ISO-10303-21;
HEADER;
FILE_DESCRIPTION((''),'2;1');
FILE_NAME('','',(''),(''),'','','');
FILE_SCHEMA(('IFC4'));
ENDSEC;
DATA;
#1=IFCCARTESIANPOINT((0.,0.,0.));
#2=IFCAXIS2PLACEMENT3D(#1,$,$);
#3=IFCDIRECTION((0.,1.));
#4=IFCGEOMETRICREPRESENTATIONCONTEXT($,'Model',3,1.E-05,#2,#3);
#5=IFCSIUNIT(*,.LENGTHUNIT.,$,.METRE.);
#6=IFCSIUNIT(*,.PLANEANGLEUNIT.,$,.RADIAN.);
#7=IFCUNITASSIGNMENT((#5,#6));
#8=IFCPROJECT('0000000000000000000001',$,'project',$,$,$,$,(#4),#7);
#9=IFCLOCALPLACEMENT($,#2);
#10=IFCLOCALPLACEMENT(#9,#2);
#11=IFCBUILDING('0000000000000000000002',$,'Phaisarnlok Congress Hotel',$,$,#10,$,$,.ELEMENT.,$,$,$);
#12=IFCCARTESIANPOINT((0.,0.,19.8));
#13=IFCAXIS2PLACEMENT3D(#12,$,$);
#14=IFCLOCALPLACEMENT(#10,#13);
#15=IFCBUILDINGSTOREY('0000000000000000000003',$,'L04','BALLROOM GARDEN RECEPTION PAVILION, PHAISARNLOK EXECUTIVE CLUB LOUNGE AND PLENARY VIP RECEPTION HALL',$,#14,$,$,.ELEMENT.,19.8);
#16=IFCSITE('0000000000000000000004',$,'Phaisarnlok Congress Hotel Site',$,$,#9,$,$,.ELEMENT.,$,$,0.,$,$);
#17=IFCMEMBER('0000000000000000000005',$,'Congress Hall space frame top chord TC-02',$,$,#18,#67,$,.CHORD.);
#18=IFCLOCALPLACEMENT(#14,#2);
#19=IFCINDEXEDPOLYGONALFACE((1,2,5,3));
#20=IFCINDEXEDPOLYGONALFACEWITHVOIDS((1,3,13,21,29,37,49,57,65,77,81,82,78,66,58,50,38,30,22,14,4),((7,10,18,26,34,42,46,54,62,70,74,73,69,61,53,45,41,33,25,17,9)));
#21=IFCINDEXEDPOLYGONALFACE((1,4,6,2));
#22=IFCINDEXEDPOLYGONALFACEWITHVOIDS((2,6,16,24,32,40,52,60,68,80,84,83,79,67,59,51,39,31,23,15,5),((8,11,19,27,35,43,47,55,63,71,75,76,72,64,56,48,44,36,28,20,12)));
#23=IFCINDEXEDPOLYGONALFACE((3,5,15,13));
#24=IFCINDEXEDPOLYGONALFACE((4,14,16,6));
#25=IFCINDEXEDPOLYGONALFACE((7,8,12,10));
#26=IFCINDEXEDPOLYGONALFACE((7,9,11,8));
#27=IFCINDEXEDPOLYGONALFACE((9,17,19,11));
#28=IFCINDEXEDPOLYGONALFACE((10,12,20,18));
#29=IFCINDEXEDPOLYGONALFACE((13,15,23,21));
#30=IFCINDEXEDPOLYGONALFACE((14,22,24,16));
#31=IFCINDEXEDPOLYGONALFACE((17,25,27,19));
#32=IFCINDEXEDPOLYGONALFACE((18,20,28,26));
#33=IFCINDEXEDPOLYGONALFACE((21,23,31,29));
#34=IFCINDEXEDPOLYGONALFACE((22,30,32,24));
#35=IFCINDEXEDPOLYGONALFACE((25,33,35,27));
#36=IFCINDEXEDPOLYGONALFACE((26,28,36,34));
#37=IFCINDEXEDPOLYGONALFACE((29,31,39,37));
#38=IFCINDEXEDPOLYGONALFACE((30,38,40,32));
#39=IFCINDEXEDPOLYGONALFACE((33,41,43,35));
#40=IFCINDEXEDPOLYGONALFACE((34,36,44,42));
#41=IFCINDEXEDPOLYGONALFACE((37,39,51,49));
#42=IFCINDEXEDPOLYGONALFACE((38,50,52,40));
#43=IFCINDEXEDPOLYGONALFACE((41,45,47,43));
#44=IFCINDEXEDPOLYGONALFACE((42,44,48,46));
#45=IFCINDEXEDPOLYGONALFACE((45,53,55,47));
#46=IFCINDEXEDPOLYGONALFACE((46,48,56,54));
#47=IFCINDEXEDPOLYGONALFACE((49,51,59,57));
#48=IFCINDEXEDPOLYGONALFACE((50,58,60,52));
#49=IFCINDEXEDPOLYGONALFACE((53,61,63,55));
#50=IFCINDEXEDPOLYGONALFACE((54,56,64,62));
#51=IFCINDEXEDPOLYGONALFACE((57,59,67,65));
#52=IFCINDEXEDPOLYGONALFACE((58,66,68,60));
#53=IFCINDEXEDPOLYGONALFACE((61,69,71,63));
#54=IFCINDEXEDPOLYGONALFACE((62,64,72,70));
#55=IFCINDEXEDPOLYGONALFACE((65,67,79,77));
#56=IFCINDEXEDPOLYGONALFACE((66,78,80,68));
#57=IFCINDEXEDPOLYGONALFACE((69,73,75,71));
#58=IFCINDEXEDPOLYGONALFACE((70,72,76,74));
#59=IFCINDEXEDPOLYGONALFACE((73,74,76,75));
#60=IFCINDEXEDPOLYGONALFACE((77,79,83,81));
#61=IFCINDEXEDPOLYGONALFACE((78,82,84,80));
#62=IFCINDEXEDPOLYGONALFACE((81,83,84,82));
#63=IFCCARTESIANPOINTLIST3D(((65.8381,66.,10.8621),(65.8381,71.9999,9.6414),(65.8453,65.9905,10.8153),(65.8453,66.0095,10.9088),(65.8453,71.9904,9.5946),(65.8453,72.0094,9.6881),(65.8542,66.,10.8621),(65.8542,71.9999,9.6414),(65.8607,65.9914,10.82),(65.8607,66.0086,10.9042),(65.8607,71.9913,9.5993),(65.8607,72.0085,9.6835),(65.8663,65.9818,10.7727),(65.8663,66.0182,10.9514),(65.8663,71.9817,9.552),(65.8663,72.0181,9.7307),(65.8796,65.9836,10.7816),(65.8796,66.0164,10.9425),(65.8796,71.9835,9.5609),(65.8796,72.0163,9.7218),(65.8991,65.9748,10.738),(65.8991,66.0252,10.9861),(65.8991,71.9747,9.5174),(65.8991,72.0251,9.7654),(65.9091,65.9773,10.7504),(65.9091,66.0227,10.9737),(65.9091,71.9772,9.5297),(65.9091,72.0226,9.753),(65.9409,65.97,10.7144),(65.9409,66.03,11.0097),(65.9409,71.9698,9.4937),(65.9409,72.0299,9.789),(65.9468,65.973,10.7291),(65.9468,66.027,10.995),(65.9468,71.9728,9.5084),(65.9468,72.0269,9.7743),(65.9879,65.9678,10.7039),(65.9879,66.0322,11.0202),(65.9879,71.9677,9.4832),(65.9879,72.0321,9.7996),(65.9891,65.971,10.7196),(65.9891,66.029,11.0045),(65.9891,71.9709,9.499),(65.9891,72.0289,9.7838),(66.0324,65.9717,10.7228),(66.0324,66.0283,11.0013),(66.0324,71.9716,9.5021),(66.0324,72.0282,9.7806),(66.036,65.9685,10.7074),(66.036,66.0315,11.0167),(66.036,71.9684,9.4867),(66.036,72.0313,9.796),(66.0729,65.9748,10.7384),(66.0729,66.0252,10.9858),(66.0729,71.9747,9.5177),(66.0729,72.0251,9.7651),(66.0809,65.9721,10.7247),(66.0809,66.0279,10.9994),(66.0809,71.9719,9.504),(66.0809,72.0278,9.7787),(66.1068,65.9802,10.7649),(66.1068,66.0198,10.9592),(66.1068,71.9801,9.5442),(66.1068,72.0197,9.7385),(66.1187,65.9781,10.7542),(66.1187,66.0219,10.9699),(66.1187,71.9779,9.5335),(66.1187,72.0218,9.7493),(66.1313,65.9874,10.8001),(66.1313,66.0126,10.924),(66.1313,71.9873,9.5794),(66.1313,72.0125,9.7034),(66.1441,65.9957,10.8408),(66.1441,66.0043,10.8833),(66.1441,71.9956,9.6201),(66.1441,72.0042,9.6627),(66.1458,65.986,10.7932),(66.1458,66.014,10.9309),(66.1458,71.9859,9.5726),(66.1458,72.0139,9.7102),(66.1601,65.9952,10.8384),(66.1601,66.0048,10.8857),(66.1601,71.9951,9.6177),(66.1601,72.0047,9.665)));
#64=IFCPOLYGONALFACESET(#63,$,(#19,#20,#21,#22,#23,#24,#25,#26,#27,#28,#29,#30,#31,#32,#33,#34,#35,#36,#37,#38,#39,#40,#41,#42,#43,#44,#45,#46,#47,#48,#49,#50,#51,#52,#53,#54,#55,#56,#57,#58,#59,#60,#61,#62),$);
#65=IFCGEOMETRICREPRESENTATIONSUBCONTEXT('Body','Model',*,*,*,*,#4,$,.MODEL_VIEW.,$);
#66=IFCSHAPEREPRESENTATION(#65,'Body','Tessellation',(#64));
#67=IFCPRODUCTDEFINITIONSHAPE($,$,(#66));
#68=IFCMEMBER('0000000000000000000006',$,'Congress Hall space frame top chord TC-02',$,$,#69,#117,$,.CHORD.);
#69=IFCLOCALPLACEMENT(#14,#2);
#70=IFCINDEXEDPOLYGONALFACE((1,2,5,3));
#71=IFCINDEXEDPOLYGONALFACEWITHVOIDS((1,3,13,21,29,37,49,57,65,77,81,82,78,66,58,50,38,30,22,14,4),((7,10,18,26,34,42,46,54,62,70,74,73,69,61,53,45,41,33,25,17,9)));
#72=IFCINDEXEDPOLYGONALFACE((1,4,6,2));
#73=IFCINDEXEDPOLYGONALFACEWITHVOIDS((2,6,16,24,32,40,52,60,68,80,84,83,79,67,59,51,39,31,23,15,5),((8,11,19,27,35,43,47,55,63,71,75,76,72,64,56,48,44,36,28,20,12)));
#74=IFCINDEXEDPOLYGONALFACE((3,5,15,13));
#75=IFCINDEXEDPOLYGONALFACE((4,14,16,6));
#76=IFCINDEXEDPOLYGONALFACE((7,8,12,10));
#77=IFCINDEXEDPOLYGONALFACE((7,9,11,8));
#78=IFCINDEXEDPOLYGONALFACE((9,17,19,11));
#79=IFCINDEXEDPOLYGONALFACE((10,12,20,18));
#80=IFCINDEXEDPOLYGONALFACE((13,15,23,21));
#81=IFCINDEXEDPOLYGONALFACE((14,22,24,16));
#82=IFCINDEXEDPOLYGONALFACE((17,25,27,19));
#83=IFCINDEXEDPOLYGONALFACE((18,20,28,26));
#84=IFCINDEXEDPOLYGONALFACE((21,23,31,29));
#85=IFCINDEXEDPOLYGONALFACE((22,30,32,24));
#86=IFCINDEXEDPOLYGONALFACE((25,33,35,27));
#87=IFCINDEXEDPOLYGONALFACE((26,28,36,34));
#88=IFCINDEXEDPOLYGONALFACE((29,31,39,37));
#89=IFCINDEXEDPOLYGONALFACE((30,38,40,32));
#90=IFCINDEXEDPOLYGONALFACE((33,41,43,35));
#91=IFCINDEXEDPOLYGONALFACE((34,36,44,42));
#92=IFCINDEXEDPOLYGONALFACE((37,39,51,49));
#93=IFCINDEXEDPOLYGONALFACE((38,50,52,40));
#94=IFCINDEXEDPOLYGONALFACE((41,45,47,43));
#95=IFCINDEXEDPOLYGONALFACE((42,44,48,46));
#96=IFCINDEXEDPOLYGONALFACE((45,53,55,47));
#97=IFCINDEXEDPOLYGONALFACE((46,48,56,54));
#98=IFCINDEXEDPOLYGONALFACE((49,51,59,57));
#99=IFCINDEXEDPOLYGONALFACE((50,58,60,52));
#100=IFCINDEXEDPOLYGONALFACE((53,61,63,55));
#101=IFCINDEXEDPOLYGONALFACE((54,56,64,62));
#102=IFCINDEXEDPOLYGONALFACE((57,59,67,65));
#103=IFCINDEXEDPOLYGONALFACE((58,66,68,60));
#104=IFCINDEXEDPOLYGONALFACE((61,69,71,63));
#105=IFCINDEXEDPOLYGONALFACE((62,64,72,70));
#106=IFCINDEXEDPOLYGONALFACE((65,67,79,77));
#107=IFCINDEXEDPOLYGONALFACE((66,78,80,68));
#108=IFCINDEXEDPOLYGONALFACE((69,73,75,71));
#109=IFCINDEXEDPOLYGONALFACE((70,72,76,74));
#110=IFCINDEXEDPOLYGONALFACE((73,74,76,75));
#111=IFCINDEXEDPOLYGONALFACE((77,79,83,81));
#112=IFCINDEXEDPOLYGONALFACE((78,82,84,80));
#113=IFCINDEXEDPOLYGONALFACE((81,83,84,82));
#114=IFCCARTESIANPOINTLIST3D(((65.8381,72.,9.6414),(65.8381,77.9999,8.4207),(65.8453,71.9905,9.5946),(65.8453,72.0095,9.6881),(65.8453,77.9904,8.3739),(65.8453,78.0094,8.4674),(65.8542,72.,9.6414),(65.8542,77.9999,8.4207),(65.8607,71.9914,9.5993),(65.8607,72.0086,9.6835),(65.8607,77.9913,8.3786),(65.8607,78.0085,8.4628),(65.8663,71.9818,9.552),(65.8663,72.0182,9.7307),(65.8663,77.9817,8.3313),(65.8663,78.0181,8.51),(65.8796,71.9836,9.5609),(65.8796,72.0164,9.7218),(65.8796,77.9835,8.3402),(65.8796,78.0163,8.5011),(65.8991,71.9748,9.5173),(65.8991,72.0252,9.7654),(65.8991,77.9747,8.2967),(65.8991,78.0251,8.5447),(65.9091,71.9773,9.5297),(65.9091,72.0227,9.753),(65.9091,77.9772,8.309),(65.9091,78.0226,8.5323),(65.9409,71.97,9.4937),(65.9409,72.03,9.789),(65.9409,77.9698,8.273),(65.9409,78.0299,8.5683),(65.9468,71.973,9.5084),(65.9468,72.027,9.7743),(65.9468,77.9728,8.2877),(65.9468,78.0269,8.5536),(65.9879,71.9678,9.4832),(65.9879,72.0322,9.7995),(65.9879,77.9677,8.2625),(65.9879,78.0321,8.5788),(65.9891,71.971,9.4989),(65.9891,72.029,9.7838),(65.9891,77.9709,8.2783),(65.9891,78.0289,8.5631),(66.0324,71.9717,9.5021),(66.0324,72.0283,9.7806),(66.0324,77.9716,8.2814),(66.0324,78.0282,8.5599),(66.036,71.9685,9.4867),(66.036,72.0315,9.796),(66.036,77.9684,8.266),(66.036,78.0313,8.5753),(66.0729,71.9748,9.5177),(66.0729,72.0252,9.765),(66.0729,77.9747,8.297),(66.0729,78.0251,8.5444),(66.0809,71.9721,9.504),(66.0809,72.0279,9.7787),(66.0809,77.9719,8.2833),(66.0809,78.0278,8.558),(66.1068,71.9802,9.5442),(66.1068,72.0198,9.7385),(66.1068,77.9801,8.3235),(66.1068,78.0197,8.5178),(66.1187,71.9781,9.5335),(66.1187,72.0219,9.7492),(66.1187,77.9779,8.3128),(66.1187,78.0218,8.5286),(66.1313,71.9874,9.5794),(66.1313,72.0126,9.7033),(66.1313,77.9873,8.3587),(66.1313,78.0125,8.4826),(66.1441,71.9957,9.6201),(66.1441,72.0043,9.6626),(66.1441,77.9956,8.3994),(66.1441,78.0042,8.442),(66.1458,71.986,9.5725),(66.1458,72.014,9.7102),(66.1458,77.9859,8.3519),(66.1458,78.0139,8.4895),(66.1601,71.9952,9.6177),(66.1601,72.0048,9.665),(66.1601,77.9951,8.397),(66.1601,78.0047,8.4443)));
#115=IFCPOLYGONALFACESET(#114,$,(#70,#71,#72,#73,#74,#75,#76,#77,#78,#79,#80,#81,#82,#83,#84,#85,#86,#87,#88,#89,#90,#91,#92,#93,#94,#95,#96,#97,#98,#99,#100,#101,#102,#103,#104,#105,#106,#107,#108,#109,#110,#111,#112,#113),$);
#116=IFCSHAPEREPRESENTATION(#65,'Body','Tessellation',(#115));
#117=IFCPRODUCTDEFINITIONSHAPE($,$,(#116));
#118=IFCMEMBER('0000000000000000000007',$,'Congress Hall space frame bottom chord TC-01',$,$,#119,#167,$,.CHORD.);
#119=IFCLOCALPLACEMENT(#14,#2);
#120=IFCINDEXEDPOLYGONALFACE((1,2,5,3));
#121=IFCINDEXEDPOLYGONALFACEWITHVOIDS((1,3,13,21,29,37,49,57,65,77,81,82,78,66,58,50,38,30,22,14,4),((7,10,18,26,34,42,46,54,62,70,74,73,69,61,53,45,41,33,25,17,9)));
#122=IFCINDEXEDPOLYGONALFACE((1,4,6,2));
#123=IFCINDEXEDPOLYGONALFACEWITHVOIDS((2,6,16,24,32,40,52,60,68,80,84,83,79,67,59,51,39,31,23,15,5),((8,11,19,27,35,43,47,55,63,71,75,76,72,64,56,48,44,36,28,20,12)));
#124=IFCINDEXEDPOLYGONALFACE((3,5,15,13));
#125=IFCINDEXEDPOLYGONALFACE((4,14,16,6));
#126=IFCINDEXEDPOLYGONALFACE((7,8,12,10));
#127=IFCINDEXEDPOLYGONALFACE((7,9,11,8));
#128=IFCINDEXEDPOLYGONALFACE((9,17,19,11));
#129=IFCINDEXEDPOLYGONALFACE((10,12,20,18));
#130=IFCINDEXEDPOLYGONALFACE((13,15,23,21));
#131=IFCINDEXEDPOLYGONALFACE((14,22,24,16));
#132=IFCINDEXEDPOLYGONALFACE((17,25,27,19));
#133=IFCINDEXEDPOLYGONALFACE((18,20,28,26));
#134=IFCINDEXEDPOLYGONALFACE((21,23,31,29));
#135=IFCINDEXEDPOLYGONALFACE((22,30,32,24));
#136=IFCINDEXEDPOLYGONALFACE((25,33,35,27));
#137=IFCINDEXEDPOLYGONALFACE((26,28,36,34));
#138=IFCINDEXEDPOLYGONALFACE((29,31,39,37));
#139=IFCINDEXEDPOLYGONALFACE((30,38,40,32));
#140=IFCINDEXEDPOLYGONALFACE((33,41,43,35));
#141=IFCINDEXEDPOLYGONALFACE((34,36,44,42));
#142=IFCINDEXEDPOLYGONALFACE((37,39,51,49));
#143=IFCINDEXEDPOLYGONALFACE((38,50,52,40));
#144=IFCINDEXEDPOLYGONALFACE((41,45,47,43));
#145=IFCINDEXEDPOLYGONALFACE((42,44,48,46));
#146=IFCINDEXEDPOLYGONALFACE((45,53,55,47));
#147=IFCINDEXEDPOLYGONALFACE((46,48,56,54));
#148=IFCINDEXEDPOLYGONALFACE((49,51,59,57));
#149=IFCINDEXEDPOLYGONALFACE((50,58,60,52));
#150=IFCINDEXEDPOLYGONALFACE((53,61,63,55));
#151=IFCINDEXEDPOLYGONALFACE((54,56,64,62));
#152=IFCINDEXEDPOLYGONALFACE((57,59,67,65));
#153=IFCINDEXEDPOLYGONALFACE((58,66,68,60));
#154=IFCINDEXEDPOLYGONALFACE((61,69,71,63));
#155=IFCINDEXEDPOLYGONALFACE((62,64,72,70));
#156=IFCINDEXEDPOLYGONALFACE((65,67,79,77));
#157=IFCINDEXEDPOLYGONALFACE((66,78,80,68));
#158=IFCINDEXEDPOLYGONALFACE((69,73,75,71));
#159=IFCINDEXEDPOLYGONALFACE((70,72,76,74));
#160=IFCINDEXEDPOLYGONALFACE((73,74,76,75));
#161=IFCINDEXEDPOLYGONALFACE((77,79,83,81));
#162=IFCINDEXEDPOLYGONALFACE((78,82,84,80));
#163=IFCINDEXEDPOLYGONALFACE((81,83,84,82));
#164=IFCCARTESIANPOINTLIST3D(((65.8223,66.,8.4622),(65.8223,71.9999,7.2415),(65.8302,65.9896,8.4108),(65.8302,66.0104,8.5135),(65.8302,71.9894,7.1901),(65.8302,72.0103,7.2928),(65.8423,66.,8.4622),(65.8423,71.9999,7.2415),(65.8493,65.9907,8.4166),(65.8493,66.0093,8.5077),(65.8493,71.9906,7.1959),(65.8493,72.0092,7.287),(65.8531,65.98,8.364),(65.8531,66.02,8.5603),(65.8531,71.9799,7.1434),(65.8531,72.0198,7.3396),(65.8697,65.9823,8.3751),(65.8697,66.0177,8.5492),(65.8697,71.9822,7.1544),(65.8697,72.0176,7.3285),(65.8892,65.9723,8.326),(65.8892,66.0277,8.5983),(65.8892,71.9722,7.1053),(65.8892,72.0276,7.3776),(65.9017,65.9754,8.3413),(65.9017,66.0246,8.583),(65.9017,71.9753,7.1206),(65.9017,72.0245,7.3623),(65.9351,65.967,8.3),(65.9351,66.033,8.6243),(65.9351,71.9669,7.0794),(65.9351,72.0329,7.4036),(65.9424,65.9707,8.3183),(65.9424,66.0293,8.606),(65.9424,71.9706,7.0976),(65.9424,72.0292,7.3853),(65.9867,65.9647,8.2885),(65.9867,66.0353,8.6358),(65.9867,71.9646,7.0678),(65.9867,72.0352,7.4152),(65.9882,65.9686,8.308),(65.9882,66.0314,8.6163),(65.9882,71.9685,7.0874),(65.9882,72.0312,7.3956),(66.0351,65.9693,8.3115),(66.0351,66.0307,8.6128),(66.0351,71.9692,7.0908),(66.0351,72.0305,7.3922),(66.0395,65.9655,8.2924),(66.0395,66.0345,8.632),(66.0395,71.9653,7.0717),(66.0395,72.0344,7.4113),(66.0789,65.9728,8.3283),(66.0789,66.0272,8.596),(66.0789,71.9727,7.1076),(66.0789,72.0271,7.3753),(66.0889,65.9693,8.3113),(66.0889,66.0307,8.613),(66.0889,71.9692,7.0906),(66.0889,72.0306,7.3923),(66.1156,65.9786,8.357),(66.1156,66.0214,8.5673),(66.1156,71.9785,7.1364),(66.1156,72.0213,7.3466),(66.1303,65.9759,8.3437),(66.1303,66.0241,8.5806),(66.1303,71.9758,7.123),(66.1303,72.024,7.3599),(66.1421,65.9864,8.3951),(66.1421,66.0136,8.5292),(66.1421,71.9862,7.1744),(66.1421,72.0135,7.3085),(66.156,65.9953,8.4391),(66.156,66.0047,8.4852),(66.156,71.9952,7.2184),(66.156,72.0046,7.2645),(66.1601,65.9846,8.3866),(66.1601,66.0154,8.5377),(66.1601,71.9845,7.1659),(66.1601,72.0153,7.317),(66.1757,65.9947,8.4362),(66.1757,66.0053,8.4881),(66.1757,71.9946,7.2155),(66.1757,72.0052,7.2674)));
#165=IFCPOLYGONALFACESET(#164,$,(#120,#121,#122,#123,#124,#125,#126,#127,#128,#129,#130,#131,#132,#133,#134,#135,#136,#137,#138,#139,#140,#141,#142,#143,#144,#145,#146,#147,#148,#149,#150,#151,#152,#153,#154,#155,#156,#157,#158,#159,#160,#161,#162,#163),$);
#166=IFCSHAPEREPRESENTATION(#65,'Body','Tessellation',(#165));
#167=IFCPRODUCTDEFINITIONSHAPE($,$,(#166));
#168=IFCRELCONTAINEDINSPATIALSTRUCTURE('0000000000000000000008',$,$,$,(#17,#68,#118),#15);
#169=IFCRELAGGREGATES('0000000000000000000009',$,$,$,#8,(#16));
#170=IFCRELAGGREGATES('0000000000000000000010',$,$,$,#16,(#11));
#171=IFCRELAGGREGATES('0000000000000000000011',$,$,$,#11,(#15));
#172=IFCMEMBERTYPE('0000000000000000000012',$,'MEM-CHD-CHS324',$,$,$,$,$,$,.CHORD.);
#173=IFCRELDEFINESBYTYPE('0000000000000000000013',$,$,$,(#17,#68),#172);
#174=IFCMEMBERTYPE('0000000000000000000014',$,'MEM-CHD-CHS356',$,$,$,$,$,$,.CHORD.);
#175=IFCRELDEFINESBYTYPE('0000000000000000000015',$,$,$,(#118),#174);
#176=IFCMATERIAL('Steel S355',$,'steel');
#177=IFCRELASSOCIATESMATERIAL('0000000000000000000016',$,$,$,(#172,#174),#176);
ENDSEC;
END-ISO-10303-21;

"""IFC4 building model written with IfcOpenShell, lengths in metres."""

from ifc_helpers import new_model, si_unit, direction, frame, origin, origin_2d, place, context, subcontext, project, spatial, hollow_circle, extrude, material, material_profile, profile_set, type_object, element, save


model = new_model("IFC4")

# Units and contexts
model_context = context("Model", 3, precision=1e-05, world=origin(), true_north=direction((0.0, 1.0)))
body_context = subcontext(model_context, "Body", "Model", "MODEL_VIEW")
ifc_project = project(units=[si_unit("LENGTHUNIT", "METRE"), si_unit("PLANEANGLEUNIT", "RADIAN")], contexts=[model_context])

# Site, building, storey
site_placement = place(None, origin())
site = spatial("IfcSite", under=ifc_project, at=site_placement, Name="Phaisarnlok Congress Hotel Site", CompositionType="ELEMENT", RefElevation=0.0)
building_placement = place(site_placement, origin())
building = spatial("IfcBuilding", under=site, at=building_placement, Name="Phaisarnlok Congress Hotel", CompositionType="ELEMENT")
storey_placement = place(building_placement, frame((0.0, 0.0, 19.8)))
storey = spatial("IfcBuildingStorey", under=building, at=storey_placement, Name="L04", Description="BALLROOM GARDEN RECEPTION PAVILION, PHAISARNLOK EXECUTIVE CLUB LOUNGE AND PLENARY VIP RECEPTION HALL", CompositionType="ELEMENT", Elevation=19.8)

# Shared definitions
ifc_material_1 = material(Name="Steel S355", Category="steel")

# Members
ifc_material_profile_1 = material_profile(ifc_material_1, hollow_circle(Radius=0.1619, WallThickness=0.0161, at=origin_2d()), Name="CHS 323.9x16")
ifc_profile_set_1 = profile_set([ifc_material_profile_1], Name="Steel S355")
member_type_1 = type_object("IfcMemberType", Name="MEM-CHD-CHS324", PredefinedType="CHORD", material=ifc_profile_set_1)
for number, where, z_axis, x_axis, name in (
    (1, (66.0, 66.0, 10.8621), (0.0, 0.979925, -0.199366), (-1.0, 0.0, 0.0), "Congress Hall space frame top chord TC-02"),
    (2, (66.0, 72.0, 9.6414), (0.0, 0.979925, -0.199366), (-1.0, 0.0, 0.0), "Congress Hall space frame top chord TC-02"),
):
    element("IfcMember", number, at=place(storey_placement, frame(where, z_axis=z_axis, x_axis=x_axis)), inside=storey, type_object=member_type_1, Name=name, PredefinedType="CHORD", context=body_context, shape_type="SweptSolid", body=[
        extrude(hollow_circle(Radius=0.1619, WallThickness=0.0161, at=origin_2d()), origin(), (0.0, 0.0, 1.0), 6.1228),
    ])
ifc_material_profile_2 = material_profile(ifc_material_1, hollow_circle(Radius=0.1777, WallThickness=0.02, at=origin_2d()), Name="CHS 355.6x20")
ifc_profile_set_2 = profile_set([ifc_material_profile_2], Name="Steel S355")
member_type_2 = type_object("IfcMemberType", Name="MEM-CHD-CHS356", PredefinedType="CHORD", material=ifc_profile_set_2)
for number, where, z_axis, x_axis, name in (
    (3, (66.0, 66.0, 8.4622), (0.0, 0.979925, -0.199366), (-1.0, 0.0, 0.0), "Congress Hall space frame bottom chord TC-01"),
):
    element("IfcMember", number, at=place(storey_placement, frame(where, z_axis=z_axis, x_axis=x_axis)), inside=storey, type_object=member_type_2, Name=name, PredefinedType="CHORD", context=body_context, shape_type="SweptSolid", body=[
        extrude(hollow_circle(Radius=0.1777, WallThickness=0.02, at=origin_2d()), origin(), (0.0, 0.0, 1.0), 6.1228),
    ])

save(model, "model.ifc")
